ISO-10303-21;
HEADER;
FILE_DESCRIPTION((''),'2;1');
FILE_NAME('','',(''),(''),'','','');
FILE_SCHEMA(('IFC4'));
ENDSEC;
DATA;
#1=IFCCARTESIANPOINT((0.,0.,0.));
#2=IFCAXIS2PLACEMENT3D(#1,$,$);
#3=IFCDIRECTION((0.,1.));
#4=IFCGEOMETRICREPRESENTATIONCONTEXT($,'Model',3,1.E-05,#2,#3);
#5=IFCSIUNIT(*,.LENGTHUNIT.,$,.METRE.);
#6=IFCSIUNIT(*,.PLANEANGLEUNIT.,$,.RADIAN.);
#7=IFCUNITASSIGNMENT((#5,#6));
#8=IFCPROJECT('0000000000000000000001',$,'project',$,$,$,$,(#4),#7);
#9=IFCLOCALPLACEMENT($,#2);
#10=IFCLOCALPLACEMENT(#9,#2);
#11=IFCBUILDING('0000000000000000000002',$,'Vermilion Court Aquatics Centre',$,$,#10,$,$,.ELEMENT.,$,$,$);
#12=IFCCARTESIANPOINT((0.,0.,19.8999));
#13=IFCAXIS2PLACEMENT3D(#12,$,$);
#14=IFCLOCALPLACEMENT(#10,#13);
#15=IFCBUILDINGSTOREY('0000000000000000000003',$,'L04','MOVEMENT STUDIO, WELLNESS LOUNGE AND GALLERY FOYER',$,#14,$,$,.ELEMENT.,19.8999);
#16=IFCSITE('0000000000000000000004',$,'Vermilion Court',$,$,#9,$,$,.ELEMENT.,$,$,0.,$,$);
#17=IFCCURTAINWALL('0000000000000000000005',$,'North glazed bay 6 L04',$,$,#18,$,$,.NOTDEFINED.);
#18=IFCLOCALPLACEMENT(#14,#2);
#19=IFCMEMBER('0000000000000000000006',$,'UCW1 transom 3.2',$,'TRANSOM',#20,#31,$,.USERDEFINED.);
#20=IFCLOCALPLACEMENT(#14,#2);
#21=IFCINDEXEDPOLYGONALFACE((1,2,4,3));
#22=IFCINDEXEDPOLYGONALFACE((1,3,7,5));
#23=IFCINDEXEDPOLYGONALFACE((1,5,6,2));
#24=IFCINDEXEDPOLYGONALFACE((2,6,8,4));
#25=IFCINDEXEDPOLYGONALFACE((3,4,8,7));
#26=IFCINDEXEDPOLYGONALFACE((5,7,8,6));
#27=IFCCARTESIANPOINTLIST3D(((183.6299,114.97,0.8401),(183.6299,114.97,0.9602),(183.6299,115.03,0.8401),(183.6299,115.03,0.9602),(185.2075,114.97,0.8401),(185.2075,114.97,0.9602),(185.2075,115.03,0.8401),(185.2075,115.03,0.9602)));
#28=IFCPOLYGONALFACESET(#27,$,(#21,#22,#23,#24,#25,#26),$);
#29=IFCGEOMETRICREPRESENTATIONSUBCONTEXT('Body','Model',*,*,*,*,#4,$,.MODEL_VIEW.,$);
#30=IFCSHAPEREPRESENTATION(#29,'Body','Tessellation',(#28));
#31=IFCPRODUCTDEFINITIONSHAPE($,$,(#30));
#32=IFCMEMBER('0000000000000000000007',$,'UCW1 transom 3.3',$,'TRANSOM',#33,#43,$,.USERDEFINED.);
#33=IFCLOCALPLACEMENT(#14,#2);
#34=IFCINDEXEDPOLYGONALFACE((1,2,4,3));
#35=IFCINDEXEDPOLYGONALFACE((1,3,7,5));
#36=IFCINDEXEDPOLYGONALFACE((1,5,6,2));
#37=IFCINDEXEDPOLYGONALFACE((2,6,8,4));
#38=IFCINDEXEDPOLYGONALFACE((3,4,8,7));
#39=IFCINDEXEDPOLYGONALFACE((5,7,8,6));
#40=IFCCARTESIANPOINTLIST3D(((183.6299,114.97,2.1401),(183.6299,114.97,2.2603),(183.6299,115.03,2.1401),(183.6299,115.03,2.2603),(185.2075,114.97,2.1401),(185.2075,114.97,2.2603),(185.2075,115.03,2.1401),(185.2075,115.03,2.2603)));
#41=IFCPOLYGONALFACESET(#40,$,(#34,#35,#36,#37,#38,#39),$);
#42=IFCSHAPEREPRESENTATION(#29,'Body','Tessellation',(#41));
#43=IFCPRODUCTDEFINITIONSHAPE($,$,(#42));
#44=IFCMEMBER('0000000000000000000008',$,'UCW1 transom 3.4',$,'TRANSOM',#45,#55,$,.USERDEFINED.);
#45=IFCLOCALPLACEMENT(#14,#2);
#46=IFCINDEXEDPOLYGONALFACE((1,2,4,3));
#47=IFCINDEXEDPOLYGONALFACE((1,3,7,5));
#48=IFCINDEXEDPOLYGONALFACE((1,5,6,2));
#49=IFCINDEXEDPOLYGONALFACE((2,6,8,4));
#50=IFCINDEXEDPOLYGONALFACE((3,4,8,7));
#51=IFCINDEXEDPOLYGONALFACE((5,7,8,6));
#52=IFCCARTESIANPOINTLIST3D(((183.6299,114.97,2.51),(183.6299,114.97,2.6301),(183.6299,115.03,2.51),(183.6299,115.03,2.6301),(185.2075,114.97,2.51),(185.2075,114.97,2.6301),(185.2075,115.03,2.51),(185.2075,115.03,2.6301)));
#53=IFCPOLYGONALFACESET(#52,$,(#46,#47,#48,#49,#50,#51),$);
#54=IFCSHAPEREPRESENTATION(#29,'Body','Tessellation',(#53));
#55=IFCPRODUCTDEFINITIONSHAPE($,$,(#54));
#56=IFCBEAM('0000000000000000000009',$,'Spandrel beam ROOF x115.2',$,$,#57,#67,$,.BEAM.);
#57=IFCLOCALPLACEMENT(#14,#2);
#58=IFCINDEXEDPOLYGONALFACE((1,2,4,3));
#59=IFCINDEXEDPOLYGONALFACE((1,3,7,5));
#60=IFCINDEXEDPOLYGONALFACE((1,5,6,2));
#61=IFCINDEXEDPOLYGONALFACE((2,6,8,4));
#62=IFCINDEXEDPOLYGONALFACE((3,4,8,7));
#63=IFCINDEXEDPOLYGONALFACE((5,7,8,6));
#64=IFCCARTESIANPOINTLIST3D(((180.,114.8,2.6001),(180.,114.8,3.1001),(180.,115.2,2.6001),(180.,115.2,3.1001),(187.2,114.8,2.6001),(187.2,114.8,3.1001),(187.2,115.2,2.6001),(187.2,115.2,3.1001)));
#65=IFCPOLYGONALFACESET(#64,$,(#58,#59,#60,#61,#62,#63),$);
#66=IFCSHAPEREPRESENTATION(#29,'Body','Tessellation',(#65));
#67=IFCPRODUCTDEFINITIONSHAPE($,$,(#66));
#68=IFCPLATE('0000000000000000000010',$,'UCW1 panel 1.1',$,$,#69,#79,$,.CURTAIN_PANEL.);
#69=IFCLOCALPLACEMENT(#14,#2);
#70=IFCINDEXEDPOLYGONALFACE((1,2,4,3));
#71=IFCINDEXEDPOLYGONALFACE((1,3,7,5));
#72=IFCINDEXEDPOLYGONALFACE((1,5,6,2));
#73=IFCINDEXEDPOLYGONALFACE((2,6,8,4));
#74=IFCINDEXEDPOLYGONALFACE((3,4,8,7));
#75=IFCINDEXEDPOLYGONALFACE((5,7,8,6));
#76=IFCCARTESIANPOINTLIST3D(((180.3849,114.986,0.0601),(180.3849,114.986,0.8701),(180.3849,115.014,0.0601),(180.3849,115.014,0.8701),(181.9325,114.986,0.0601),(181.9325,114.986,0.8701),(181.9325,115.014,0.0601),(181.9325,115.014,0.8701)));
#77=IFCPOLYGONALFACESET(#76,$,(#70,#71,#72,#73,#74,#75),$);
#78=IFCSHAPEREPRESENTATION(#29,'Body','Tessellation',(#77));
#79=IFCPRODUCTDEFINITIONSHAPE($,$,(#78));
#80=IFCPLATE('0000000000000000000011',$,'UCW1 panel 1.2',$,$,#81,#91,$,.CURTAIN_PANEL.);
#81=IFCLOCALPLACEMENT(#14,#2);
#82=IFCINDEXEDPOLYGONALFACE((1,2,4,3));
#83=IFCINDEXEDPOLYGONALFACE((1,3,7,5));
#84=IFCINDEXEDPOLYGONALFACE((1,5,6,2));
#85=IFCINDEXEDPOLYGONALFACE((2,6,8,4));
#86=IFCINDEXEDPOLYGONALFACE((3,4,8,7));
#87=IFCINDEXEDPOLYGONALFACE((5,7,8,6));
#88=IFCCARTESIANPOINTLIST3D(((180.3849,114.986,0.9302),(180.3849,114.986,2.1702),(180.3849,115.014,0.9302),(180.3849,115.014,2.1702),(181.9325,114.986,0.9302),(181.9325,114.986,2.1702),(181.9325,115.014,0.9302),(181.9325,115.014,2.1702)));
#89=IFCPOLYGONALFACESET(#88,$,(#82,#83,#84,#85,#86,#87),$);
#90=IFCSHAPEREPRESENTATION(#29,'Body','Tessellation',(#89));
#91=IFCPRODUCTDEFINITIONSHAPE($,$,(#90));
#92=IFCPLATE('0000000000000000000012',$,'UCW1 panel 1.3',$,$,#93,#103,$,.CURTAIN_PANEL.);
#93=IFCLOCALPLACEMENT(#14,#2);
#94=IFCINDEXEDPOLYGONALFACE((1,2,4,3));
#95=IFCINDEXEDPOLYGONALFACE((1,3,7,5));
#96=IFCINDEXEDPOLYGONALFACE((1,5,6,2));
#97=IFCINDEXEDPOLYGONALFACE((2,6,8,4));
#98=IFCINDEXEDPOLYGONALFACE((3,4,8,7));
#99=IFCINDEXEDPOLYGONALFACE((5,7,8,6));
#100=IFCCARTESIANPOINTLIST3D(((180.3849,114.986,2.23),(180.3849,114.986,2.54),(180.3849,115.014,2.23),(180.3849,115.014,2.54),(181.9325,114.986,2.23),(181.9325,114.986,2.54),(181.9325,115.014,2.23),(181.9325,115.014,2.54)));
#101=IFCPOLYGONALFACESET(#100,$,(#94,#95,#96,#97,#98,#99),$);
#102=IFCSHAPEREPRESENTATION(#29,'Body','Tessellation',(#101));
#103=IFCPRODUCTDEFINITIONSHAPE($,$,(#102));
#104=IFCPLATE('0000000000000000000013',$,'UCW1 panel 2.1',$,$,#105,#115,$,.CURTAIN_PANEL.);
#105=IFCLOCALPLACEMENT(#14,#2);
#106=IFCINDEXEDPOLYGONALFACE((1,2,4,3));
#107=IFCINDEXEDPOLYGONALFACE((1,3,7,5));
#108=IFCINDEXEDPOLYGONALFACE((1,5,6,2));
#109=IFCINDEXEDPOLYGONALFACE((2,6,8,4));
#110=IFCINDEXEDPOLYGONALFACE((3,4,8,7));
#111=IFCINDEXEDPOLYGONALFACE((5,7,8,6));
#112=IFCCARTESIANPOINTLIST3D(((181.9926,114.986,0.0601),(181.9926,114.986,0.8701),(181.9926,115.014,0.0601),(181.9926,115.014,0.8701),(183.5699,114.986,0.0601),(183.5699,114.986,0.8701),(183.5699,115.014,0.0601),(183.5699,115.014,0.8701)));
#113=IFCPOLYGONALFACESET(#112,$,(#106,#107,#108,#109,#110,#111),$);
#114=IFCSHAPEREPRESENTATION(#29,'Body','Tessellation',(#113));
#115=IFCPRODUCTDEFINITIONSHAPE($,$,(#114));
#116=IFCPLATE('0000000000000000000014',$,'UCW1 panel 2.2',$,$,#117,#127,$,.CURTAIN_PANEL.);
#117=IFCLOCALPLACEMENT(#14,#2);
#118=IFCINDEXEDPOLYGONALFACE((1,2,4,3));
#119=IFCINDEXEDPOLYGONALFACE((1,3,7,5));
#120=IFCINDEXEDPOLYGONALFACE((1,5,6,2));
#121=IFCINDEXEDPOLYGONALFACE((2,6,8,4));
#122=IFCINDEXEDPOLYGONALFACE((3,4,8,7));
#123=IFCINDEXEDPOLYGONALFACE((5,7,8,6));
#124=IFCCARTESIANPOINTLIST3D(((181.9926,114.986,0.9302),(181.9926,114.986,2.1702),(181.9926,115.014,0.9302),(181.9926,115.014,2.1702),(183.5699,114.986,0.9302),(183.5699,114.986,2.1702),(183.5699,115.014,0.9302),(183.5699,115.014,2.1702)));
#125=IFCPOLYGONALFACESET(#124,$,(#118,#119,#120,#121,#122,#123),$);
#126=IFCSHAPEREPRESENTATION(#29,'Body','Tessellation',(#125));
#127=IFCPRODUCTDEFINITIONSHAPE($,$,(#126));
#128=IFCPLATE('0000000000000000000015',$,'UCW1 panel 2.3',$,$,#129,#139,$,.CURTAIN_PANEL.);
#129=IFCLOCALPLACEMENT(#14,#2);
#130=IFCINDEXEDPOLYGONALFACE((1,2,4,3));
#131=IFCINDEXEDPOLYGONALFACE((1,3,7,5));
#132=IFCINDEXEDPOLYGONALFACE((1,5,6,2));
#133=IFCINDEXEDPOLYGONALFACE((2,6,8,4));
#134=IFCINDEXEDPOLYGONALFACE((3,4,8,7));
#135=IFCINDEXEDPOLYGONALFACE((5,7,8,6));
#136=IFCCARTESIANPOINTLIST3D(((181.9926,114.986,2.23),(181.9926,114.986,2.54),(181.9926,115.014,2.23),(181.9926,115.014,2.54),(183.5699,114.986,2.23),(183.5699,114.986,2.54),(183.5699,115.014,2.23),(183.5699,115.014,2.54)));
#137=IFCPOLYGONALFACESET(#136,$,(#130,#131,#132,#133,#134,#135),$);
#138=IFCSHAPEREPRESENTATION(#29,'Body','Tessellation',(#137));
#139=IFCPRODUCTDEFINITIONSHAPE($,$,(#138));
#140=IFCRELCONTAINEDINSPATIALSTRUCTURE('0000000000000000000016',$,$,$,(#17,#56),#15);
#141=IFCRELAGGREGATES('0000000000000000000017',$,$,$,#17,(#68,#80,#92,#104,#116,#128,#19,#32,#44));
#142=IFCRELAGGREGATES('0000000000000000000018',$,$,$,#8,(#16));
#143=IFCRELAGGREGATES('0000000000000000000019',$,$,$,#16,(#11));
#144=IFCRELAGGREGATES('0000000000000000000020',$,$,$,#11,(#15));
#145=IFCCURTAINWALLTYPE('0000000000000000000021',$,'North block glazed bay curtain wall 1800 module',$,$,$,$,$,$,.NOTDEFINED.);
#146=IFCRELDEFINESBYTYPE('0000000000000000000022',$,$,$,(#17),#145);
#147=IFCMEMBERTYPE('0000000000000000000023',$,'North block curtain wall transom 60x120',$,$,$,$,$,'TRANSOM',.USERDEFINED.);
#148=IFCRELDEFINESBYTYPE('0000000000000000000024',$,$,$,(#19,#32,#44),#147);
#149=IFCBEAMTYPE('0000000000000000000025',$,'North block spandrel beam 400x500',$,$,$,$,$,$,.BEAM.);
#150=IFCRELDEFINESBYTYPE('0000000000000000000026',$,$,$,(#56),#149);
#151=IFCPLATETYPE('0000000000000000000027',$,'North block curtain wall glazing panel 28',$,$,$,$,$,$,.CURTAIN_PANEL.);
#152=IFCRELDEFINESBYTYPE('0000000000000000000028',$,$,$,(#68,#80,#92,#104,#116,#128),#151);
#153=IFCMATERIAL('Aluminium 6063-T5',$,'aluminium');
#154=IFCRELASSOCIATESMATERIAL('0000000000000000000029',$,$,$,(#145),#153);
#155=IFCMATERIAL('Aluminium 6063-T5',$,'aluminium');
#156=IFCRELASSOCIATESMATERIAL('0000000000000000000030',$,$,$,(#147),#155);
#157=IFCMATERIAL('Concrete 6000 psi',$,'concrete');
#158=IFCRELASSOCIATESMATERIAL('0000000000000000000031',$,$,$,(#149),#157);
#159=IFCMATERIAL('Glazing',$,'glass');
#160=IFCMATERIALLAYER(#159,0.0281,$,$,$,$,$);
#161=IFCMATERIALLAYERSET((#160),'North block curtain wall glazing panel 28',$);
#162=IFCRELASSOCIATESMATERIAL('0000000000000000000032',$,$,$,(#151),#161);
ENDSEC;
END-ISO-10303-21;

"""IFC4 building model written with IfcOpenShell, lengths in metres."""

from ifc_helpers import new_model, si_unit, direction, frame, origin, origin_2d, place, context, subcontext, project, spatial, rectangle, extrude, material, layer, layer_set, material_profile, profile_set, type_object, element, aggregate, save


model = new_model("IFC4")

# Units and contexts
model_context = context("Model", 3, precision=1e-05, world=origin(), true_north=direction((0.0, 1.0)))
body_context = subcontext(model_context, "Body", "Model", "MODEL_VIEW")
ifc_project = project(units=[si_unit("LENGTHUNIT", "METRE"), si_unit("PLANEANGLEUNIT", "RADIAN")], contexts=[model_context])

# Site, building, storey
site_placement = place(None, origin())
site = spatial("IfcSite", under=ifc_project, at=site_placement, Name="Vermilion Court", CompositionType="ELEMENT", RefElevation=0.0)
building_placement = place(site_placement, origin())
building = spatial("IfcBuilding", under=site, at=building_placement, Name="Vermilion Court Aquatics Centre", CompositionType="ELEMENT")
storey_placement = place(building_placement, frame((0.0, 0.0, 19.8999)))
storey = spatial("IfcBuildingStorey", under=building, at=storey_placement, Name="L04", Description="MOVEMENT STUDIO, WELLNESS LOUNGE AND GALLERY FOYER", CompositionType="ELEMENT", Elevation=19.8999)

# Shared definitions
ifc_material_1 = material(Name="Aluminium 6063-T5", Category="aluminium")
curtain_wall_type = type_object("IfcCurtainWallType", Name="North block glazed bay curtain wall 1800 module", PredefinedType="NOTDEFINED", material=ifc_material_1)

# Curtain wall, members
curtain_wall_1_placement = place(storey_placement, origin())
curtain_wall_1 = element("IfcCurtainWall", 1, at=curtain_wall_1_placement, inside=storey, type_object=curtain_wall_type, Name="North glazed bay 6 L04", PredefinedType="NOTDEFINED")
ifc_material_2 = material(Name="Aluminium 6063-T5", Category="aluminium")
ifc_material_profile_1 = material_profile(ifc_material_2, rectangle(XDim=0.0601, YDim=0.1201, at=origin_2d()), Name="AL 60x120")
ifc_profile_set_1 = profile_set([ifc_material_profile_1], Name="Aluminium 6063-T5")
member_type_1 = type_object("IfcMemberType", Name="North block curtain wall transom 60x120", ElementType="TRANSOM", PredefinedType="USERDEFINED", material=ifc_profile_set_1)
member_1_placement = place(storey_placement, frame((183.6299, 115.0, 0.9001), z_axis=(1.0, 0.0, 0.0), x_axis=(0.0, 1.0, 0.0)))
member_1 = element("IfcMember", 2, at=member_1_placement, type_object=member_type_1, Name="UCW1 transom 3.2", ObjectType="TRANSOM", PredefinedType="USERDEFINED", context=body_context, shape_type="SweptSolid", body=[
    extrude(rectangle(XDim=0.0601, YDim=0.1201, at=origin_2d()), origin(), (0.0, 0.0, 1.0), 1.5776),
])
member_2_placement = place(storey_placement, frame((183.6299, 115.0, 2.2002), z_axis=(1.0, 0.0, 0.0), x_axis=(0.0, 1.0, 0.0)))
member_2 = element("IfcMember", 3, at=member_2_placement, type_object=member_type_1, Name="UCW1 transom 3.3", ObjectType="TRANSOM", PredefinedType="USERDEFINED", context=body_context, shape_type="SweptSolid", body=[
    extrude(rectangle(XDim=0.0601, YDim=0.1201, at=origin_2d()), origin(), (0.0, 0.0, 1.0), 1.5776),
])
member_3_placement = place(storey_placement, frame((183.6299, 115.0, 2.5701), z_axis=(1.0, 0.0, 0.0), x_axis=(0.0, 1.0, 0.0)))
member_3 = element("IfcMember", 4, at=member_3_placement, type_object=member_type_1, Name="UCW1 transom 3.4", ObjectType="TRANSOM", PredefinedType="USERDEFINED", context=body_context, shape_type="SweptSolid", body=[
    extrude(rectangle(XDim=0.0601, YDim=0.1201, at=origin_2d()), origin(), (0.0, 0.0, 1.0), 1.5776),
])

# Beam
ifc_material_3 = material(Name="Concrete 6000 psi", Category="concrete")
ifc_material_profile_2 = material_profile(ifc_material_3, rectangle(XDim=0.3999, YDim=0.5, at=origin_2d()), Name="RC 400x500")
ifc_profile_set_2 = profile_set([ifc_material_profile_2], Name="Concrete 6000 psi")
beam_type = type_object("IfcBeamType", Name="North block spandrel beam 400x500", PredefinedType="BEAM", material=ifc_profile_set_2)
beam_placement = place(storey_placement, frame((180.0, 115.0, 2.8501), z_axis=(1.0, 0.0, 0.0), x_axis=(0.0, 1.0, 0.0)))
element("IfcBeam", 5, at=beam_placement, inside=storey, type_object=beam_type, Name="Spandrel beam ROOF x115.2", PredefinedType="BEAM", context=body_context, shape_type="SweptSolid", body=[
    extrude(rectangle(XDim=0.3999, YDim=0.5, at=origin_2d()), origin(), (0.0, 0.0, 1.0), 7.2),
])

# Plates
ifc_material_4 = material(Name="Glazing", Category="glass")
ifc_layer = layer(ifc_material_4, 0.0281)
ifc_layer_set = layer_set([ifc_layer], Name="North block curtain wall glazing panel 28")
plate_type = type_object("IfcPlateType", Name="North block curtain wall glazing panel 28", PredefinedType="CURTAIN_PANEL", material=ifc_layer_set)
plate_1_placement = place(storey_placement, frame((181.1587, 115.0, 0.0601), z_axis=(0.0, 0.0, 1.0), x_axis=(1.0, 0.0, 0.0)))
plate_1 = element("IfcPlate", 6, at=plate_1_placement, type_object=plate_type, Name="UCW1 panel 1.1", PredefinedType="CURTAIN_PANEL", context=body_context, shape_type="SweptSolid", body=[
    extrude(rectangle(XDim=1.5476, YDim=0.0281, at=origin_2d()), origin(), (0.0, 0.0, 1.0), 0.8101),
])
plate_2_placement = place(storey_placement, frame((181.1587, 115.0, 0.9302), z_axis=(0.0, 0.0, 1.0), x_axis=(1.0, 0.0, 0.0)))
plate_2 = element("IfcPlate", 7, at=plate_2_placement, type_object=plate_type, Name="UCW1 panel 1.2", PredefinedType="CURTAIN_PANEL", context=body_context, shape_type="SweptSolid", body=[
    extrude(rectangle(XDim=1.5476, YDim=0.0281, at=origin_2d()), origin(), (0.0, 0.0, 1.0), 1.24),
])
plate_3_placement = place(storey_placement, frame((181.1587, 115.0, 2.23), z_axis=(0.0, 0.0, 1.0), x_axis=(1.0, 0.0, 0.0)))
plate_3 = element("IfcPlate", 8, at=plate_3_placement, type_object=plate_type, Name="UCW1 panel 1.3", PredefinedType="CURTAIN_PANEL", context=body_context, shape_type="SweptSolid", body=[
    extrude(rectangle(XDim=1.5476, YDim=0.0281, at=origin_2d()), origin(), (0.0, 0.0, 1.0), 0.3101),
])
plate_4_placement = place(storey_placement, frame((182.7812, 115.0, 0.0601), z_axis=(0.0, 0.0, 1.0), x_axis=(1.0, 0.0, 0.0)))
plate_4 = element("IfcPlate", 9, at=plate_4_placement, type_object=plate_type, Name="UCW1 panel 2.1", PredefinedType="CURTAIN_PANEL", context=body_context, shape_type="SweptSolid", body=[
    extrude(rectangle(XDim=1.5774, YDim=0.0281, at=origin_2d()), origin(), (0.0, 0.0, 1.0), 0.8101),
])
plate_5_placement = place(storey_placement, frame((182.7812, 115.0, 0.9302), z_axis=(0.0, 0.0, 1.0), x_axis=(1.0, 0.0, 0.0)))
plate_5 = element("IfcPlate", 10, at=plate_5_placement, type_object=plate_type, Name="UCW1 panel 2.2", PredefinedType="CURTAIN_PANEL", context=body_context, shape_type="SweptSolid", body=[
    extrude(rectangle(XDim=1.5774, YDim=0.0281, at=origin_2d()), origin(), (0.0, 0.0, 1.0), 1.24),
])
plate_6_placement = place(storey_placement, frame((182.7812, 115.0, 2.23), z_axis=(0.0, 0.0, 1.0), x_axis=(1.0, 0.0, 0.0)))
plate_6 = element("IfcPlate", 11, at=plate_6_placement, type_object=plate_type, Name="UCW1 panel 2.3", PredefinedType="CURTAIN_PANEL", context=body_context, shape_type="SweptSolid", body=[
    extrude(rectangle(XDim=1.5774, YDim=0.0281, at=origin_2d()), origin(), (0.0, 0.0, 1.0), 0.3101),
])
aggregate(curtain_wall_1, [plate_1, plate_2, plate_3, plate_4, plate_5, plate_6, member_1, member_2, member_3])

save(model, "model.ifc")
